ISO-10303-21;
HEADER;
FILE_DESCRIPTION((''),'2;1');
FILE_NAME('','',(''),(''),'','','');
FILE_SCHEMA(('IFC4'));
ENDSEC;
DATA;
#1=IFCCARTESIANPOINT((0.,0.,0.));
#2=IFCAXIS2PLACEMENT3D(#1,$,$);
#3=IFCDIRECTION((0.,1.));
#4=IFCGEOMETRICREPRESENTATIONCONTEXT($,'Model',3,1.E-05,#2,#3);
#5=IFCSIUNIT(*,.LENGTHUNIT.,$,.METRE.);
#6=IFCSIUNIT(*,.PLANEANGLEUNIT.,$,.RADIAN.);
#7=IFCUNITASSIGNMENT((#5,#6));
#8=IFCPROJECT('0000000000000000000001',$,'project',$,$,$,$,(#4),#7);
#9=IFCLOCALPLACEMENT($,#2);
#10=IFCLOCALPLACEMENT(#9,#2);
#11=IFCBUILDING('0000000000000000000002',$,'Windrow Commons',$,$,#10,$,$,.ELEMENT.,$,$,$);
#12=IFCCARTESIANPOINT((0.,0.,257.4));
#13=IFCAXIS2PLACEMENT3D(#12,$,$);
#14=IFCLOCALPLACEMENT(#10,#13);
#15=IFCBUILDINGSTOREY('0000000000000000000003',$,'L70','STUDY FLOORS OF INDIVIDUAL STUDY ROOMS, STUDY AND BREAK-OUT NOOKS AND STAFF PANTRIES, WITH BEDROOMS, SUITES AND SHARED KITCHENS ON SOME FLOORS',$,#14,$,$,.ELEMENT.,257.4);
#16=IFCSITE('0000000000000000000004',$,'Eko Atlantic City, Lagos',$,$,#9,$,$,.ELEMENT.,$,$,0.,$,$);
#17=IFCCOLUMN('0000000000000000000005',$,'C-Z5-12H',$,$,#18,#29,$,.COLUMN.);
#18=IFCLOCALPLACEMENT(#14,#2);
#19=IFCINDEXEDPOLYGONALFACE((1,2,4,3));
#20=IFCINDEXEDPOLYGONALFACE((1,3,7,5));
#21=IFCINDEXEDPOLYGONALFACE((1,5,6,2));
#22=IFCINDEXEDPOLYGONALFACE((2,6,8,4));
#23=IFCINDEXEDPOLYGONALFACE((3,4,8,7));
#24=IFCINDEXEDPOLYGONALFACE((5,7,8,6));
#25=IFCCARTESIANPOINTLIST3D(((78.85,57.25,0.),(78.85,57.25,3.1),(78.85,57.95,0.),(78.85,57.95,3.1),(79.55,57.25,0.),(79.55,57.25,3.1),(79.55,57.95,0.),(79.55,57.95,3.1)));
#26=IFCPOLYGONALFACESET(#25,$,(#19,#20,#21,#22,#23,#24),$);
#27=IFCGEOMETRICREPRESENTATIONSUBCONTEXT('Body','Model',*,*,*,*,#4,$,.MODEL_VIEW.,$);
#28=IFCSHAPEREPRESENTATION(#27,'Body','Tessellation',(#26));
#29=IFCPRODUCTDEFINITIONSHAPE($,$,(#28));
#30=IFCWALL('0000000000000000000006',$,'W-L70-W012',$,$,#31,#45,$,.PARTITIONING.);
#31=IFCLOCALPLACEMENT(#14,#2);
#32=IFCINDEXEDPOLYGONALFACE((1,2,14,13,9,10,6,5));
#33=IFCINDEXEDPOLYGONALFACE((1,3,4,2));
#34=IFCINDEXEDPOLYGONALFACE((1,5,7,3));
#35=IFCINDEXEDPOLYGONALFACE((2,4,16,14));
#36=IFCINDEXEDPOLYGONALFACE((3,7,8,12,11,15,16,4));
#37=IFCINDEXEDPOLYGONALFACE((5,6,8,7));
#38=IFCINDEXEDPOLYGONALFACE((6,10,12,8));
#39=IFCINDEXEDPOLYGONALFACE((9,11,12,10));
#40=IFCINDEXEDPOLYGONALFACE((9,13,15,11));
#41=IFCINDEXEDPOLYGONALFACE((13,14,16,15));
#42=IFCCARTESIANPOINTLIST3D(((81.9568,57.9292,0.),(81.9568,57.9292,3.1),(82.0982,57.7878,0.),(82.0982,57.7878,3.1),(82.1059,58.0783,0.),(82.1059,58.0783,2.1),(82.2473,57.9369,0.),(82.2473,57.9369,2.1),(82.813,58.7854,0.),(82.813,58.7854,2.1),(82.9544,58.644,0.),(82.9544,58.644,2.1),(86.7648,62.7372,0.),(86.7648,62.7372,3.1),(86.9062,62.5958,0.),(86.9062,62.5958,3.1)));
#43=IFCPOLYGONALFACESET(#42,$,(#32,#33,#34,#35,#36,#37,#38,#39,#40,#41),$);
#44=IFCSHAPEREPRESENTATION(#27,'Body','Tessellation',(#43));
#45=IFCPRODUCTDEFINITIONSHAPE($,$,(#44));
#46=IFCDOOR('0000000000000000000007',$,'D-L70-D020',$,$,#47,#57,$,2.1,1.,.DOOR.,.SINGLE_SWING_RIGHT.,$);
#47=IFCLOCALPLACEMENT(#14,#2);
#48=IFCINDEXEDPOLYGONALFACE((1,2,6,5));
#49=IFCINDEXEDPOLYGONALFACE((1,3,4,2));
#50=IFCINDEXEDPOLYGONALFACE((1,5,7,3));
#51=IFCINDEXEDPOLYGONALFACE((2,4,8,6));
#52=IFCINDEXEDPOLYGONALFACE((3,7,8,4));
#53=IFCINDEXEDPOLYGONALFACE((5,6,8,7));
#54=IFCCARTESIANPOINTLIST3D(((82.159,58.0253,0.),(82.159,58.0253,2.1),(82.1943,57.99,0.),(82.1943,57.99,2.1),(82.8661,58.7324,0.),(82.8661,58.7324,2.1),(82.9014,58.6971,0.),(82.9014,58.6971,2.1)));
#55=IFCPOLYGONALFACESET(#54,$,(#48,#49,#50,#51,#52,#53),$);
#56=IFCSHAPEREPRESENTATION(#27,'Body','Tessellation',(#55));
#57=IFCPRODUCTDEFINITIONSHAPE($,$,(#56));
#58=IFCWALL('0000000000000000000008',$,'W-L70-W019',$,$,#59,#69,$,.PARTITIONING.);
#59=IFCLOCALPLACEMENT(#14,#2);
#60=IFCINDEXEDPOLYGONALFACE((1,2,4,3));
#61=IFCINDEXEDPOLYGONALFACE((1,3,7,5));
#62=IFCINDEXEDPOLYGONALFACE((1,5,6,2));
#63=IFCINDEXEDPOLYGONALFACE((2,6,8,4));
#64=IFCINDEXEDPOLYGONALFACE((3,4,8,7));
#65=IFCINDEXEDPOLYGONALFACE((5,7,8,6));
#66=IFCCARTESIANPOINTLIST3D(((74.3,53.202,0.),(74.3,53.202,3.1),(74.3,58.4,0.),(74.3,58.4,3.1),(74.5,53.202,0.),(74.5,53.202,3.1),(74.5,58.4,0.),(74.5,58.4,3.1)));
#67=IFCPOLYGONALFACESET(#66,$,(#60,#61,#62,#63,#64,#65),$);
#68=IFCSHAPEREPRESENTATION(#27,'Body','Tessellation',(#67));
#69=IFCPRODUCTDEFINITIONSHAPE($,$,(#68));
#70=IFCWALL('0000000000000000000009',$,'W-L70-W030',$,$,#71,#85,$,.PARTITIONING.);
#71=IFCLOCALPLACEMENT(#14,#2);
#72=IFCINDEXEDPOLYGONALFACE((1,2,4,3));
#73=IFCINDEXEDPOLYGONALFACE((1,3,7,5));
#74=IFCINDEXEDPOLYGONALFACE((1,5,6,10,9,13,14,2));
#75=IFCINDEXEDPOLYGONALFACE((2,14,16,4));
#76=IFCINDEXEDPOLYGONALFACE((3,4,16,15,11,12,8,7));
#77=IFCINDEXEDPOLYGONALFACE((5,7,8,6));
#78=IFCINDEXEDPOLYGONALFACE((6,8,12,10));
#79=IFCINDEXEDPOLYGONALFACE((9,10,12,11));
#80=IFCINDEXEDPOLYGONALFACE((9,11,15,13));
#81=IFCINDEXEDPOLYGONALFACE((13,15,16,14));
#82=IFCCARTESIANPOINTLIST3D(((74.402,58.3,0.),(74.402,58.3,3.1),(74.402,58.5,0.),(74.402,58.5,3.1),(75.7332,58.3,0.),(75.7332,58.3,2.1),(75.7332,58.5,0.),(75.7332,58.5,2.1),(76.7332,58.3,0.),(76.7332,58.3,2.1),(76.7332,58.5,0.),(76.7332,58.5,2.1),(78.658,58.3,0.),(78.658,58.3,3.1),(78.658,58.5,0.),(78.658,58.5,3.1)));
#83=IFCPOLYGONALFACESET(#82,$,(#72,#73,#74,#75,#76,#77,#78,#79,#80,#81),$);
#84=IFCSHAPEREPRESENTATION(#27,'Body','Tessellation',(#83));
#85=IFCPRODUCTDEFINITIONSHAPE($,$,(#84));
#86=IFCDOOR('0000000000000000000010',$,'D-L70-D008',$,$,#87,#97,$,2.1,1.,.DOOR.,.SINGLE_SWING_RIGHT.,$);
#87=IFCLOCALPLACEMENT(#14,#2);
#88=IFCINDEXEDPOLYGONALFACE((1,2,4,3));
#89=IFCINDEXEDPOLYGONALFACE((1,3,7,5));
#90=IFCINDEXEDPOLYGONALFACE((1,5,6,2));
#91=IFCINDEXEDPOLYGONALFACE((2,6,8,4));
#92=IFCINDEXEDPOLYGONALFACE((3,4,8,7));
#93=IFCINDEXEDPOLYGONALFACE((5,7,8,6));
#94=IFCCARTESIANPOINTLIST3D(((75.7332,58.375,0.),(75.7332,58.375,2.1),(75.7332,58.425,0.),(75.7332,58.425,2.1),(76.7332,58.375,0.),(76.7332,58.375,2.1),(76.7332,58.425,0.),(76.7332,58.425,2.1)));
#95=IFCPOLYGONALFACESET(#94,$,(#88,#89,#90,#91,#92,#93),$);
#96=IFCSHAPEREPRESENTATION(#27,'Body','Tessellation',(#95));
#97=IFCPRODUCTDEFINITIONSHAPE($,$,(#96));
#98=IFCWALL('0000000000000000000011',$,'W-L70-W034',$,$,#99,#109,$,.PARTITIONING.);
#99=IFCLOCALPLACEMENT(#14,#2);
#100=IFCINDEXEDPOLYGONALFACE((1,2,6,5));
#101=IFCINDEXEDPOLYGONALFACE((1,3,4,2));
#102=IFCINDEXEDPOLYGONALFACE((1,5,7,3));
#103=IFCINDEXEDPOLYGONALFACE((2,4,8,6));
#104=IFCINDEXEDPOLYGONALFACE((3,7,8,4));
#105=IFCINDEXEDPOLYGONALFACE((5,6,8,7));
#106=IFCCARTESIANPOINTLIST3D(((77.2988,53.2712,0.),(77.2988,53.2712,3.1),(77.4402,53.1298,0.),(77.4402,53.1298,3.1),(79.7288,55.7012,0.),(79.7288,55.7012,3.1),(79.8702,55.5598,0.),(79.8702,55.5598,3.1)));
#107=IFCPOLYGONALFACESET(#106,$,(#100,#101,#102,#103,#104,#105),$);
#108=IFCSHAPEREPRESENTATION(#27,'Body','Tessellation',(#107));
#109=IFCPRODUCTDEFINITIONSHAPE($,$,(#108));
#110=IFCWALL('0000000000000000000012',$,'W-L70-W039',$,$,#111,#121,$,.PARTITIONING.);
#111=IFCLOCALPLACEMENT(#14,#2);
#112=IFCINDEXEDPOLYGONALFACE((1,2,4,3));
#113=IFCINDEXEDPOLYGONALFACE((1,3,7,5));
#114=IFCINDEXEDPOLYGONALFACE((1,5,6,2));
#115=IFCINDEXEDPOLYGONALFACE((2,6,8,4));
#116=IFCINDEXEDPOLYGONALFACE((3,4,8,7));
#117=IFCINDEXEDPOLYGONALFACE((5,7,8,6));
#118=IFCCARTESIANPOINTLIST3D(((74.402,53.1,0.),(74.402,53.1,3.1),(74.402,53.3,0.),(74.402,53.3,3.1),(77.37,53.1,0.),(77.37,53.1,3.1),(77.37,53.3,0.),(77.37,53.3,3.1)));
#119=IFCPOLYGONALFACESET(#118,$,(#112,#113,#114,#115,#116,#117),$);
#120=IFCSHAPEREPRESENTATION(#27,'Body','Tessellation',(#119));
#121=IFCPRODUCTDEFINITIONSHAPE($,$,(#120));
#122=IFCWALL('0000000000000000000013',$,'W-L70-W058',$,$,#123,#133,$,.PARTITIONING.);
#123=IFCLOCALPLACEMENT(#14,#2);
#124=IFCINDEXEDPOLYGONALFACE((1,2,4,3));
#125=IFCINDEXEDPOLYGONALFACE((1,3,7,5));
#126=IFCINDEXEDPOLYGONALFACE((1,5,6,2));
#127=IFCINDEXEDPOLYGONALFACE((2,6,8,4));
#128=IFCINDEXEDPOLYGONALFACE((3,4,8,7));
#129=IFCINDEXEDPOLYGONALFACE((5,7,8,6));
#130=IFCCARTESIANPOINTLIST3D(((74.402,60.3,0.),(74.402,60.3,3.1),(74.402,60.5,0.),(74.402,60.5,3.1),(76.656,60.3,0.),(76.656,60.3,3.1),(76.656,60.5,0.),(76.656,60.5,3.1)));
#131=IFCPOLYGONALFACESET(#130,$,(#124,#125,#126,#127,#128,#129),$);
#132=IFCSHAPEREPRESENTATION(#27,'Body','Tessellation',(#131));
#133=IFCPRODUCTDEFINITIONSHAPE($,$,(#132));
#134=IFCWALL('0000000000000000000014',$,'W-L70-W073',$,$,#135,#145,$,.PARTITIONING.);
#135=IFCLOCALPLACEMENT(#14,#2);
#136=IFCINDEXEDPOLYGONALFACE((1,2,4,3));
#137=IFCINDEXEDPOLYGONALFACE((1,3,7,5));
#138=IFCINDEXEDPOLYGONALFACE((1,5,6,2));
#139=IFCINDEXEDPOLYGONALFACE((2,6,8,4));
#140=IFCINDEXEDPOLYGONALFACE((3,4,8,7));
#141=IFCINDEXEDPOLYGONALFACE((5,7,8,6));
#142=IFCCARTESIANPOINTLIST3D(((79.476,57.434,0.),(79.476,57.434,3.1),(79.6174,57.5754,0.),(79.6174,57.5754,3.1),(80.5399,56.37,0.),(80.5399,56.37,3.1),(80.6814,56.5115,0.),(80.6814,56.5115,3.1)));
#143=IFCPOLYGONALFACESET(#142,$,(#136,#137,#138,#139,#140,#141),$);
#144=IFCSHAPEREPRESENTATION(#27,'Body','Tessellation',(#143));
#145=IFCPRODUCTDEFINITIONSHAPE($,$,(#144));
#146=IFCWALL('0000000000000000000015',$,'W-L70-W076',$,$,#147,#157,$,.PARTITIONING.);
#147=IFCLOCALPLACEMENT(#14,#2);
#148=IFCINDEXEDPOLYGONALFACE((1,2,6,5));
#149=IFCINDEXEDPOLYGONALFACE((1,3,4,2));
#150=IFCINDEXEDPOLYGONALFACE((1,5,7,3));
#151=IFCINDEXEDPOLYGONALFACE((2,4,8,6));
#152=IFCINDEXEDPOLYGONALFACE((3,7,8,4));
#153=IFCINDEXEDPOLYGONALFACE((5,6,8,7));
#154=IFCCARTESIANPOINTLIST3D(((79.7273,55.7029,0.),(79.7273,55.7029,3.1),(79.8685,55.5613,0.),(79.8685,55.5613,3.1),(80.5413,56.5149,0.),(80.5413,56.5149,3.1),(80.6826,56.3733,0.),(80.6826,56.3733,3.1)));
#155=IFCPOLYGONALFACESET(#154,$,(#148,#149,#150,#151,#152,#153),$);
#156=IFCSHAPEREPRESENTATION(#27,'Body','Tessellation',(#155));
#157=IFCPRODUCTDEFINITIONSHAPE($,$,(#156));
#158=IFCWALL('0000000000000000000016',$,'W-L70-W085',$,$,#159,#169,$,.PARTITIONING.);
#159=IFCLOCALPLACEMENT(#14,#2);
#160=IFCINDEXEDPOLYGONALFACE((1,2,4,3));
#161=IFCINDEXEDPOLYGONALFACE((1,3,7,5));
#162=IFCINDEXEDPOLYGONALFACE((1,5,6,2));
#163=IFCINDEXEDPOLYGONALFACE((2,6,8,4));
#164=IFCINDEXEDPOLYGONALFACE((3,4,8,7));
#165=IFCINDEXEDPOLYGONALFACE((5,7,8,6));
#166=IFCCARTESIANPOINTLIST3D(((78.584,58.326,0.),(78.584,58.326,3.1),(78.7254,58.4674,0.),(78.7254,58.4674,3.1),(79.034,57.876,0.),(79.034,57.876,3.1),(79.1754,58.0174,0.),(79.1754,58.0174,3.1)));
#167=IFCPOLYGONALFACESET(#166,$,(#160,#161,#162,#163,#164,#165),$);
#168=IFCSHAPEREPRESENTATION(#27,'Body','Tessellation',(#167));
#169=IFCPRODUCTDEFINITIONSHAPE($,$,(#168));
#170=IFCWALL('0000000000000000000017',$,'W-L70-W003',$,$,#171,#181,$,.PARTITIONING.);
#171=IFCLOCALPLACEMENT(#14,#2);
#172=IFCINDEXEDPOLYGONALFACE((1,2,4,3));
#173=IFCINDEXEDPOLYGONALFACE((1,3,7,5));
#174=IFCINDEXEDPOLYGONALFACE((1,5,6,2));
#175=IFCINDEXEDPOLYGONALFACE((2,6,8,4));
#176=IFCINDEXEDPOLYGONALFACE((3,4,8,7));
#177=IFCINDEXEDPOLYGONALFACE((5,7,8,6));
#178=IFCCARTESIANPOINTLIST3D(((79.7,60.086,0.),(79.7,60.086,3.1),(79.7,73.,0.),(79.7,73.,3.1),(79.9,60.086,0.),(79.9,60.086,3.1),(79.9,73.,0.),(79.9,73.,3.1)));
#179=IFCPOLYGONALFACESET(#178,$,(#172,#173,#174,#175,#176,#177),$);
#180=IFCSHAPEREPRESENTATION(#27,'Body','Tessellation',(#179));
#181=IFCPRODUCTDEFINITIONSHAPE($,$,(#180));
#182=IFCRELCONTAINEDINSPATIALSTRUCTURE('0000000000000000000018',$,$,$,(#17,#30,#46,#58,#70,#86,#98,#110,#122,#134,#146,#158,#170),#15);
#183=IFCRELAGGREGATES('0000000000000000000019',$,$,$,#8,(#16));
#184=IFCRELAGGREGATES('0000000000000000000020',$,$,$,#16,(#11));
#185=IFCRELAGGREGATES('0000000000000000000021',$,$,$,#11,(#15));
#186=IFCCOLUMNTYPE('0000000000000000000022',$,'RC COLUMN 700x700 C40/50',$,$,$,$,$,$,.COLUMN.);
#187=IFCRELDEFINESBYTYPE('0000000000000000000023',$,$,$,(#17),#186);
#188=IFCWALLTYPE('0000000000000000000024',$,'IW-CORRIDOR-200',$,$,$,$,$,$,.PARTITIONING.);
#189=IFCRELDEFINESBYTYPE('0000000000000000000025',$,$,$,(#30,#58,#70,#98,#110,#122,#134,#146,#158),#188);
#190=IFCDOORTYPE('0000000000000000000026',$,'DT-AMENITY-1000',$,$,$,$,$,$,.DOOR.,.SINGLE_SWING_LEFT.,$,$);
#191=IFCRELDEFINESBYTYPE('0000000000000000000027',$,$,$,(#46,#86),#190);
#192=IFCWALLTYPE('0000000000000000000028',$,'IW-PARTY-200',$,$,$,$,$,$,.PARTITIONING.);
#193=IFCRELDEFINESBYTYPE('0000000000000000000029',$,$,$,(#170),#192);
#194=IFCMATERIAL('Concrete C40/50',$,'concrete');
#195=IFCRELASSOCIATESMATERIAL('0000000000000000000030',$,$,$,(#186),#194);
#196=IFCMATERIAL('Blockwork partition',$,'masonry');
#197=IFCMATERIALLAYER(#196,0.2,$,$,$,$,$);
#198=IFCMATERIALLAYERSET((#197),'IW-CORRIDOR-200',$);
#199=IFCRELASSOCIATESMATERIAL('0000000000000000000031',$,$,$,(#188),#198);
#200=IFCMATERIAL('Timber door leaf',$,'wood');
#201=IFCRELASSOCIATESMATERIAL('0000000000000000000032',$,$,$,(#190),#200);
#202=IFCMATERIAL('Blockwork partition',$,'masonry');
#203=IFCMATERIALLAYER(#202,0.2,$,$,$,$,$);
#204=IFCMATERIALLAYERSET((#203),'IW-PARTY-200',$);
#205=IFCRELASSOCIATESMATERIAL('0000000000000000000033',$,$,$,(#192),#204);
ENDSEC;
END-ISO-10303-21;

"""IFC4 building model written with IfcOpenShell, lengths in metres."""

from ifc_helpers import new_model, si_unit, direction, frame, frame_2d, origin, origin_2d, place, context, subcontext, project, spatial, rectangle, extrude, material, layer, layer_set, material_profile, profile_set, type_object, element, fill, save


model = new_model("IFC4")

# Units and contexts
model_context = context("Model", 3, precision=1e-05, world=origin(), true_north=direction((0.0, 1.0)))
body_context = subcontext(model_context, "Body", "Model", "MODEL_VIEW")
ifc_project = project(units=[si_unit("LENGTHUNIT", "METRE"), si_unit("PLANEANGLEUNIT", "RADIAN")], contexts=[model_context])

# Site, building, storey
site_placement = place(None, origin())
site = spatial("IfcSite", under=ifc_project, at=site_placement, Name="Eko Atlantic City, Lagos", CompositionType="ELEMENT", RefElevation=0.0)
building_placement = place(site_placement, origin())
building = spatial("IfcBuilding", under=site, at=building_placement, Name="Windrow Commons", CompositionType="ELEMENT")
storey_placement = place(building_placement, frame((0.0, 0.0, 257.4)))
storey = spatial("IfcBuildingStorey", under=building, at=storey_placement, Name="L70", Description="STUDY FLOORS OF INDIVIDUAL STUDY ROOMS, STUDY AND BREAK-OUT NOOKS AND STAFF PANTRIES, WITH BEDROOMS, SUITES AND SHARED KITCHENS ON SOME FLOORS", CompositionType="ELEMENT", Elevation=257.4)

# Column
ifc_material_1 = material(Name="Concrete C40/50", Category="concrete")
ifc_material_profile = material_profile(ifc_material_1, rectangle(XDim=0.7, YDim=0.7, at=origin_2d()))
ifc_profile_set = profile_set([ifc_material_profile], Name="Concrete C40/50")
column_type = type_object("IfcColumnType", Name="RC COLUMN 700x700 C40/50", PredefinedType="COLUMN", material=ifc_profile_set)
column_placement = place(storey_placement, frame((79.2, 57.6, 0.0), z_axis=(0.0, 0.0, 1.0), x_axis=(1.0, 0.0, 0.0)))
element("IfcColumn", 1, at=column_placement, inside=storey, type_object=column_type, Name="C-Z5-12H", PredefinedType="COLUMN", context=body_context, shape_type="SweptSolid", body=[
    extrude(rectangle(XDim=0.7, YDim=0.7, at=origin_2d()), origin(), (0.0, 0.0, 1.0), 3.1),
])

# Wall, opening, door
ifc_material_2 = material(Name="Blockwork partition", Category="masonry")
ifc_layer_1 = layer(ifc_material_2, 0.2)
ifc_layer_set_1 = layer_set([ifc_layer_1], Name="IW-CORRIDOR-200")
wall_type_1 = type_object("IfcWallType", Name="IW-CORRIDOR-200", PredefinedType="PARTITIONING", material=ifc_layer_set_1)
wall_1_placement = place(storey_placement, frame((82.0275, 57.8585, 0.0), z_axis=(0.0, 0.0, 1.0), x_axis=(0.707107, 0.707107, 0.0)))
wall_1 = element("IfcWall", 2, at=wall_1_placement, inside=storey, type_object=wall_type_1, Name="W-L70-W012", PredefinedType="PARTITIONING", context=body_context, shape_type="SweptSolid", body=[
    extrude(rectangle(XDim=6.7995, YDim=0.2, at=frame_2d((3.3998, 0.0))), origin(), (0.0, 0.0, 1.0), 3.1),
])
opening_1_placement = place(wall_1_placement, frame((0.2109, 0.0, 0.0)))
opening_1 = element("IfcOpeningElement", 3, at=opening_1_placement, cuts=wall_1, PredefinedType="OPENING", context=body_context, shape_type="SweptSolid", body=[
    extrude(rectangle(XDim=1.0, YDim=2.1, at=frame_2d((0.5, 1.05))), frame((0.0, 0.11, 0.0), z_axis=(0.0, -1.0, 0.0), x_axis=(1.0, 0.0, 0.0)), (0.0, 0.0, 1.0), 0.22),
])
ifc_material_3 = material(Name="Timber door leaf", Category="wood")
door_type_1 = type_object("IfcDoorType", Name="DT-AMENITY-1000", OperationType="SINGLE_SWING_LEFT", PredefinedType="DOOR", material=ifc_material_3)
door_1_placement = place(opening_1_placement, origin())
door_1 = element("IfcDoor", 4, at=door_1_placement, inside=storey, type_object=door_type_1, Name="D-L70-D020", OperationType="SINGLE_SWING_RIGHT", OverallHeight=2.1, OverallWidth=1.0, PredefinedType="DOOR", context=body_context, shape_type="SweptSolid", body=[
    extrude(rectangle(XDim=1.0, YDim=2.1, at=frame_2d((0.5, 1.05))), frame((0.0, 0.025, 0.0), z_axis=(0.0, -1.0, 0.0), x_axis=(1.0, 0.0, 0.0)), (0.0, 0.0, 1.0), 0.05),
])
fill(opening_1, door_1)

# Wall
wall_2_placement = place(storey_placement, frame((74.4, 53.202, 0.0), z_axis=(0.0, 0.0, 1.0), x_axis=(0.0, 1.0, 0.0)))
element("IfcWall", 5, at=wall_2_placement, inside=storey, type_object=wall_type_1, Name="W-L70-W019", PredefinedType="PARTITIONING", context=body_context, shape_type="SweptSolid", body=[
    extrude(rectangle(XDim=5.198, YDim=0.2, at=frame_2d((2.599, 0.0))), origin(), (0.0, 0.0, 1.0), 3.1),
])

# Wall, opening, door
wall_3_placement = place(storey_placement, frame((74.402, 58.4, 0.0), z_axis=(0.0, 0.0, 1.0), x_axis=(1.0, 0.0, 0.0)))
wall_3 = element("IfcWall", 6, at=wall_3_placement, inside=storey, type_object=wall_type_1, Name="W-L70-W030", PredefinedType="PARTITIONING", context=body_context, shape_type="SweptSolid", body=[
    extrude(rectangle(XDim=4.256, YDim=0.2, at=frame_2d((2.128, 0.0))), origin(), (0.0, 0.0, 1.0), 3.1),
])
opening_2_placement = place(wall_3_placement, frame((1.3312, 0.0, 0.0)))
opening_2 = element("IfcOpeningElement", 7, at=opening_2_placement, cuts=wall_3, PredefinedType="OPENING", context=body_context, shape_type="SweptSolid", body=[
    extrude(rectangle(XDim=1.0, YDim=2.1, at=frame_2d((0.5, 1.05))), frame((0.0, 0.11, 0.0), z_axis=(0.0, -1.0, 0.0), x_axis=(1.0, 0.0, 0.0)), (0.0, 0.0, 1.0), 0.22),
])
door_2_placement = place(opening_2_placement, origin())
door_2 = element("IfcDoor", 8, at=door_2_placement, inside=storey, type_object=door_type_1, Name="D-L70-D008", OperationType="SINGLE_SWING_RIGHT", OverallHeight=2.1, OverallWidth=1.0, PredefinedType="DOOR", context=body_context, shape_type="SweptSolid", body=[
    extrude(rectangle(XDim=1.0, YDim=2.1, at=frame_2d((0.5, 1.05))), frame((0.0, 0.025, 0.0), z_axis=(0.0, -1.0, 0.0), x_axis=(1.0, 0.0, 0.0)), (0.0, 0.0, 1.0), 0.05),
])
fill(opening_2, door_2)

# Walls
wall_4_placement = place(storey_placement, frame((77.3695, 53.2005, 0.0), z_axis=(0.0, 0.0, 1.0), x_axis=(0.707107, 0.707107, 0.0)))
element("IfcWall", 9, at=wall_4_placement, inside=storey, type_object=wall_type_1, Name="W-L70-W034", PredefinedType="PARTITIONING", context=body_context, shape_type="SweptSolid", body=[
    extrude(rectangle(XDim=3.4365, YDim=0.2, at=frame_2d((1.7183, 0.0))), origin(), (0.0, 0.0, 1.0), 3.1),
])
wall_5_placement = place(storey_placement, frame((74.402, 53.2, 0.0), z_axis=(0.0, 0.0, 1.0), x_axis=(1.0, 0.0, 0.0)))
element("IfcWall", 10, at=wall_5_placement, inside=storey, type_object=wall_type_1, Name="W-L70-W039", PredefinedType="PARTITIONING", context=body_context, shape_type="SweptSolid", body=[
    extrude(rectangle(XDim=2.968, YDim=0.2, at=frame_2d((1.484, 0.0))), origin(), (0.0, 0.0, 1.0), 3.1),
])
wall_6_placement = place(storey_placement, frame((74.402, 60.4, 0.0), z_axis=(0.0, 0.0, 1.0), x_axis=(1.0, 0.0, 0.0)))
element("IfcWall", 11, at=wall_6_placement, inside=storey, type_object=wall_type_1, Name="W-L70-W058", PredefinedType="PARTITIONING", context=body_context, shape_type="SweptSolid", body=[
    extrude(rectangle(XDim=2.254, YDim=0.2, at=frame_2d((1.127, 0.0))), origin(), (0.0, 0.0, 1.0), 3.1),
])
wall_7_placement = place(storey_placement, frame((79.5467, 57.5047, 0.0), z_axis=(0.0, 0.0, 1.0), x_axis=(0.707107, -0.707107, 0.0)))
element("IfcWall", 12, at=wall_7_placement, inside=storey, type_object=wall_type_1, Name="W-L70-W073", PredefinedType="PARTITIONING", context=body_context, shape_type="SweptSolid", body=[
    extrude(rectangle(XDim=1.5047, YDim=0.2, at=frame_2d((0.7523, 0.0))), origin(), (0.0, 0.0, 1.0), 3.1),
])
wall_8_placement = place(storey_placement, frame((79.7979, 55.6321, 0.0), z_axis=(0.0, 0.0, 1.0), x_axis=(0.707976, 0.706236, 0.0)))
element("IfcWall", 13, at=wall_8_placement, inside=storey, type_object=wall_type_1, Name="W-L70-W076", PredefinedType="PARTITIONING", context=body_context, shape_type="SweptSolid", body=[
    extrude(rectangle(XDim=1.1498, YDim=0.2, at=frame_2d((0.5749, 0.0))), origin(), (0.0, 0.0, 1.0), 3.1),
])
wall_9_placement = place(storey_placement, frame((78.6547, 58.3967, 0.0), z_axis=(0.0, 0.0, 1.0), x_axis=(0.707107, -0.707107, 0.0)))
element("IfcWall", 14, at=wall_9_placement, inside=storey, type_object=wall_type_1, Name="W-L70-W085", PredefinedType="PARTITIONING", context=body_context, shape_type="SweptSolid", body=[
    extrude(rectangle(XDim=0.6364, YDim=0.2, at=frame_2d((0.3182, 0.0))), origin(), (0.0, 0.0, 1.0), 3.1),
])
ifc_material_4 = material(Name="Blockwork partition", Category="masonry")
ifc_layer_2 = layer(ifc_material_4, 0.2)
ifc_layer_set_2 = layer_set([ifc_layer_2], Name="IW-PARTY-200")
wall_type_2 = type_object("IfcWallType", Name="IW-PARTY-200", PredefinedType="PARTITIONING", material=ifc_layer_set_2)
wall_10_placement = place(storey_placement, frame((79.8, 60.086, 0.0), z_axis=(0.0, 0.0, 1.0), x_axis=(0.0, 1.0, 0.0)))
element("IfcWall", 15, at=wall_10_placement, inside=storey, type_object=wall_type_2, Name="W-L70-W003", PredefinedType="PARTITIONING", context=body_context, shape_type="SweptSolid", body=[
    extrude(rectangle(XDim=12.914, YDim=0.2, at=frame_2d((6.457, 0.0))), origin(), (0.0, 0.0, 1.0), 3.1),
])

save(model, "model.ifc")
